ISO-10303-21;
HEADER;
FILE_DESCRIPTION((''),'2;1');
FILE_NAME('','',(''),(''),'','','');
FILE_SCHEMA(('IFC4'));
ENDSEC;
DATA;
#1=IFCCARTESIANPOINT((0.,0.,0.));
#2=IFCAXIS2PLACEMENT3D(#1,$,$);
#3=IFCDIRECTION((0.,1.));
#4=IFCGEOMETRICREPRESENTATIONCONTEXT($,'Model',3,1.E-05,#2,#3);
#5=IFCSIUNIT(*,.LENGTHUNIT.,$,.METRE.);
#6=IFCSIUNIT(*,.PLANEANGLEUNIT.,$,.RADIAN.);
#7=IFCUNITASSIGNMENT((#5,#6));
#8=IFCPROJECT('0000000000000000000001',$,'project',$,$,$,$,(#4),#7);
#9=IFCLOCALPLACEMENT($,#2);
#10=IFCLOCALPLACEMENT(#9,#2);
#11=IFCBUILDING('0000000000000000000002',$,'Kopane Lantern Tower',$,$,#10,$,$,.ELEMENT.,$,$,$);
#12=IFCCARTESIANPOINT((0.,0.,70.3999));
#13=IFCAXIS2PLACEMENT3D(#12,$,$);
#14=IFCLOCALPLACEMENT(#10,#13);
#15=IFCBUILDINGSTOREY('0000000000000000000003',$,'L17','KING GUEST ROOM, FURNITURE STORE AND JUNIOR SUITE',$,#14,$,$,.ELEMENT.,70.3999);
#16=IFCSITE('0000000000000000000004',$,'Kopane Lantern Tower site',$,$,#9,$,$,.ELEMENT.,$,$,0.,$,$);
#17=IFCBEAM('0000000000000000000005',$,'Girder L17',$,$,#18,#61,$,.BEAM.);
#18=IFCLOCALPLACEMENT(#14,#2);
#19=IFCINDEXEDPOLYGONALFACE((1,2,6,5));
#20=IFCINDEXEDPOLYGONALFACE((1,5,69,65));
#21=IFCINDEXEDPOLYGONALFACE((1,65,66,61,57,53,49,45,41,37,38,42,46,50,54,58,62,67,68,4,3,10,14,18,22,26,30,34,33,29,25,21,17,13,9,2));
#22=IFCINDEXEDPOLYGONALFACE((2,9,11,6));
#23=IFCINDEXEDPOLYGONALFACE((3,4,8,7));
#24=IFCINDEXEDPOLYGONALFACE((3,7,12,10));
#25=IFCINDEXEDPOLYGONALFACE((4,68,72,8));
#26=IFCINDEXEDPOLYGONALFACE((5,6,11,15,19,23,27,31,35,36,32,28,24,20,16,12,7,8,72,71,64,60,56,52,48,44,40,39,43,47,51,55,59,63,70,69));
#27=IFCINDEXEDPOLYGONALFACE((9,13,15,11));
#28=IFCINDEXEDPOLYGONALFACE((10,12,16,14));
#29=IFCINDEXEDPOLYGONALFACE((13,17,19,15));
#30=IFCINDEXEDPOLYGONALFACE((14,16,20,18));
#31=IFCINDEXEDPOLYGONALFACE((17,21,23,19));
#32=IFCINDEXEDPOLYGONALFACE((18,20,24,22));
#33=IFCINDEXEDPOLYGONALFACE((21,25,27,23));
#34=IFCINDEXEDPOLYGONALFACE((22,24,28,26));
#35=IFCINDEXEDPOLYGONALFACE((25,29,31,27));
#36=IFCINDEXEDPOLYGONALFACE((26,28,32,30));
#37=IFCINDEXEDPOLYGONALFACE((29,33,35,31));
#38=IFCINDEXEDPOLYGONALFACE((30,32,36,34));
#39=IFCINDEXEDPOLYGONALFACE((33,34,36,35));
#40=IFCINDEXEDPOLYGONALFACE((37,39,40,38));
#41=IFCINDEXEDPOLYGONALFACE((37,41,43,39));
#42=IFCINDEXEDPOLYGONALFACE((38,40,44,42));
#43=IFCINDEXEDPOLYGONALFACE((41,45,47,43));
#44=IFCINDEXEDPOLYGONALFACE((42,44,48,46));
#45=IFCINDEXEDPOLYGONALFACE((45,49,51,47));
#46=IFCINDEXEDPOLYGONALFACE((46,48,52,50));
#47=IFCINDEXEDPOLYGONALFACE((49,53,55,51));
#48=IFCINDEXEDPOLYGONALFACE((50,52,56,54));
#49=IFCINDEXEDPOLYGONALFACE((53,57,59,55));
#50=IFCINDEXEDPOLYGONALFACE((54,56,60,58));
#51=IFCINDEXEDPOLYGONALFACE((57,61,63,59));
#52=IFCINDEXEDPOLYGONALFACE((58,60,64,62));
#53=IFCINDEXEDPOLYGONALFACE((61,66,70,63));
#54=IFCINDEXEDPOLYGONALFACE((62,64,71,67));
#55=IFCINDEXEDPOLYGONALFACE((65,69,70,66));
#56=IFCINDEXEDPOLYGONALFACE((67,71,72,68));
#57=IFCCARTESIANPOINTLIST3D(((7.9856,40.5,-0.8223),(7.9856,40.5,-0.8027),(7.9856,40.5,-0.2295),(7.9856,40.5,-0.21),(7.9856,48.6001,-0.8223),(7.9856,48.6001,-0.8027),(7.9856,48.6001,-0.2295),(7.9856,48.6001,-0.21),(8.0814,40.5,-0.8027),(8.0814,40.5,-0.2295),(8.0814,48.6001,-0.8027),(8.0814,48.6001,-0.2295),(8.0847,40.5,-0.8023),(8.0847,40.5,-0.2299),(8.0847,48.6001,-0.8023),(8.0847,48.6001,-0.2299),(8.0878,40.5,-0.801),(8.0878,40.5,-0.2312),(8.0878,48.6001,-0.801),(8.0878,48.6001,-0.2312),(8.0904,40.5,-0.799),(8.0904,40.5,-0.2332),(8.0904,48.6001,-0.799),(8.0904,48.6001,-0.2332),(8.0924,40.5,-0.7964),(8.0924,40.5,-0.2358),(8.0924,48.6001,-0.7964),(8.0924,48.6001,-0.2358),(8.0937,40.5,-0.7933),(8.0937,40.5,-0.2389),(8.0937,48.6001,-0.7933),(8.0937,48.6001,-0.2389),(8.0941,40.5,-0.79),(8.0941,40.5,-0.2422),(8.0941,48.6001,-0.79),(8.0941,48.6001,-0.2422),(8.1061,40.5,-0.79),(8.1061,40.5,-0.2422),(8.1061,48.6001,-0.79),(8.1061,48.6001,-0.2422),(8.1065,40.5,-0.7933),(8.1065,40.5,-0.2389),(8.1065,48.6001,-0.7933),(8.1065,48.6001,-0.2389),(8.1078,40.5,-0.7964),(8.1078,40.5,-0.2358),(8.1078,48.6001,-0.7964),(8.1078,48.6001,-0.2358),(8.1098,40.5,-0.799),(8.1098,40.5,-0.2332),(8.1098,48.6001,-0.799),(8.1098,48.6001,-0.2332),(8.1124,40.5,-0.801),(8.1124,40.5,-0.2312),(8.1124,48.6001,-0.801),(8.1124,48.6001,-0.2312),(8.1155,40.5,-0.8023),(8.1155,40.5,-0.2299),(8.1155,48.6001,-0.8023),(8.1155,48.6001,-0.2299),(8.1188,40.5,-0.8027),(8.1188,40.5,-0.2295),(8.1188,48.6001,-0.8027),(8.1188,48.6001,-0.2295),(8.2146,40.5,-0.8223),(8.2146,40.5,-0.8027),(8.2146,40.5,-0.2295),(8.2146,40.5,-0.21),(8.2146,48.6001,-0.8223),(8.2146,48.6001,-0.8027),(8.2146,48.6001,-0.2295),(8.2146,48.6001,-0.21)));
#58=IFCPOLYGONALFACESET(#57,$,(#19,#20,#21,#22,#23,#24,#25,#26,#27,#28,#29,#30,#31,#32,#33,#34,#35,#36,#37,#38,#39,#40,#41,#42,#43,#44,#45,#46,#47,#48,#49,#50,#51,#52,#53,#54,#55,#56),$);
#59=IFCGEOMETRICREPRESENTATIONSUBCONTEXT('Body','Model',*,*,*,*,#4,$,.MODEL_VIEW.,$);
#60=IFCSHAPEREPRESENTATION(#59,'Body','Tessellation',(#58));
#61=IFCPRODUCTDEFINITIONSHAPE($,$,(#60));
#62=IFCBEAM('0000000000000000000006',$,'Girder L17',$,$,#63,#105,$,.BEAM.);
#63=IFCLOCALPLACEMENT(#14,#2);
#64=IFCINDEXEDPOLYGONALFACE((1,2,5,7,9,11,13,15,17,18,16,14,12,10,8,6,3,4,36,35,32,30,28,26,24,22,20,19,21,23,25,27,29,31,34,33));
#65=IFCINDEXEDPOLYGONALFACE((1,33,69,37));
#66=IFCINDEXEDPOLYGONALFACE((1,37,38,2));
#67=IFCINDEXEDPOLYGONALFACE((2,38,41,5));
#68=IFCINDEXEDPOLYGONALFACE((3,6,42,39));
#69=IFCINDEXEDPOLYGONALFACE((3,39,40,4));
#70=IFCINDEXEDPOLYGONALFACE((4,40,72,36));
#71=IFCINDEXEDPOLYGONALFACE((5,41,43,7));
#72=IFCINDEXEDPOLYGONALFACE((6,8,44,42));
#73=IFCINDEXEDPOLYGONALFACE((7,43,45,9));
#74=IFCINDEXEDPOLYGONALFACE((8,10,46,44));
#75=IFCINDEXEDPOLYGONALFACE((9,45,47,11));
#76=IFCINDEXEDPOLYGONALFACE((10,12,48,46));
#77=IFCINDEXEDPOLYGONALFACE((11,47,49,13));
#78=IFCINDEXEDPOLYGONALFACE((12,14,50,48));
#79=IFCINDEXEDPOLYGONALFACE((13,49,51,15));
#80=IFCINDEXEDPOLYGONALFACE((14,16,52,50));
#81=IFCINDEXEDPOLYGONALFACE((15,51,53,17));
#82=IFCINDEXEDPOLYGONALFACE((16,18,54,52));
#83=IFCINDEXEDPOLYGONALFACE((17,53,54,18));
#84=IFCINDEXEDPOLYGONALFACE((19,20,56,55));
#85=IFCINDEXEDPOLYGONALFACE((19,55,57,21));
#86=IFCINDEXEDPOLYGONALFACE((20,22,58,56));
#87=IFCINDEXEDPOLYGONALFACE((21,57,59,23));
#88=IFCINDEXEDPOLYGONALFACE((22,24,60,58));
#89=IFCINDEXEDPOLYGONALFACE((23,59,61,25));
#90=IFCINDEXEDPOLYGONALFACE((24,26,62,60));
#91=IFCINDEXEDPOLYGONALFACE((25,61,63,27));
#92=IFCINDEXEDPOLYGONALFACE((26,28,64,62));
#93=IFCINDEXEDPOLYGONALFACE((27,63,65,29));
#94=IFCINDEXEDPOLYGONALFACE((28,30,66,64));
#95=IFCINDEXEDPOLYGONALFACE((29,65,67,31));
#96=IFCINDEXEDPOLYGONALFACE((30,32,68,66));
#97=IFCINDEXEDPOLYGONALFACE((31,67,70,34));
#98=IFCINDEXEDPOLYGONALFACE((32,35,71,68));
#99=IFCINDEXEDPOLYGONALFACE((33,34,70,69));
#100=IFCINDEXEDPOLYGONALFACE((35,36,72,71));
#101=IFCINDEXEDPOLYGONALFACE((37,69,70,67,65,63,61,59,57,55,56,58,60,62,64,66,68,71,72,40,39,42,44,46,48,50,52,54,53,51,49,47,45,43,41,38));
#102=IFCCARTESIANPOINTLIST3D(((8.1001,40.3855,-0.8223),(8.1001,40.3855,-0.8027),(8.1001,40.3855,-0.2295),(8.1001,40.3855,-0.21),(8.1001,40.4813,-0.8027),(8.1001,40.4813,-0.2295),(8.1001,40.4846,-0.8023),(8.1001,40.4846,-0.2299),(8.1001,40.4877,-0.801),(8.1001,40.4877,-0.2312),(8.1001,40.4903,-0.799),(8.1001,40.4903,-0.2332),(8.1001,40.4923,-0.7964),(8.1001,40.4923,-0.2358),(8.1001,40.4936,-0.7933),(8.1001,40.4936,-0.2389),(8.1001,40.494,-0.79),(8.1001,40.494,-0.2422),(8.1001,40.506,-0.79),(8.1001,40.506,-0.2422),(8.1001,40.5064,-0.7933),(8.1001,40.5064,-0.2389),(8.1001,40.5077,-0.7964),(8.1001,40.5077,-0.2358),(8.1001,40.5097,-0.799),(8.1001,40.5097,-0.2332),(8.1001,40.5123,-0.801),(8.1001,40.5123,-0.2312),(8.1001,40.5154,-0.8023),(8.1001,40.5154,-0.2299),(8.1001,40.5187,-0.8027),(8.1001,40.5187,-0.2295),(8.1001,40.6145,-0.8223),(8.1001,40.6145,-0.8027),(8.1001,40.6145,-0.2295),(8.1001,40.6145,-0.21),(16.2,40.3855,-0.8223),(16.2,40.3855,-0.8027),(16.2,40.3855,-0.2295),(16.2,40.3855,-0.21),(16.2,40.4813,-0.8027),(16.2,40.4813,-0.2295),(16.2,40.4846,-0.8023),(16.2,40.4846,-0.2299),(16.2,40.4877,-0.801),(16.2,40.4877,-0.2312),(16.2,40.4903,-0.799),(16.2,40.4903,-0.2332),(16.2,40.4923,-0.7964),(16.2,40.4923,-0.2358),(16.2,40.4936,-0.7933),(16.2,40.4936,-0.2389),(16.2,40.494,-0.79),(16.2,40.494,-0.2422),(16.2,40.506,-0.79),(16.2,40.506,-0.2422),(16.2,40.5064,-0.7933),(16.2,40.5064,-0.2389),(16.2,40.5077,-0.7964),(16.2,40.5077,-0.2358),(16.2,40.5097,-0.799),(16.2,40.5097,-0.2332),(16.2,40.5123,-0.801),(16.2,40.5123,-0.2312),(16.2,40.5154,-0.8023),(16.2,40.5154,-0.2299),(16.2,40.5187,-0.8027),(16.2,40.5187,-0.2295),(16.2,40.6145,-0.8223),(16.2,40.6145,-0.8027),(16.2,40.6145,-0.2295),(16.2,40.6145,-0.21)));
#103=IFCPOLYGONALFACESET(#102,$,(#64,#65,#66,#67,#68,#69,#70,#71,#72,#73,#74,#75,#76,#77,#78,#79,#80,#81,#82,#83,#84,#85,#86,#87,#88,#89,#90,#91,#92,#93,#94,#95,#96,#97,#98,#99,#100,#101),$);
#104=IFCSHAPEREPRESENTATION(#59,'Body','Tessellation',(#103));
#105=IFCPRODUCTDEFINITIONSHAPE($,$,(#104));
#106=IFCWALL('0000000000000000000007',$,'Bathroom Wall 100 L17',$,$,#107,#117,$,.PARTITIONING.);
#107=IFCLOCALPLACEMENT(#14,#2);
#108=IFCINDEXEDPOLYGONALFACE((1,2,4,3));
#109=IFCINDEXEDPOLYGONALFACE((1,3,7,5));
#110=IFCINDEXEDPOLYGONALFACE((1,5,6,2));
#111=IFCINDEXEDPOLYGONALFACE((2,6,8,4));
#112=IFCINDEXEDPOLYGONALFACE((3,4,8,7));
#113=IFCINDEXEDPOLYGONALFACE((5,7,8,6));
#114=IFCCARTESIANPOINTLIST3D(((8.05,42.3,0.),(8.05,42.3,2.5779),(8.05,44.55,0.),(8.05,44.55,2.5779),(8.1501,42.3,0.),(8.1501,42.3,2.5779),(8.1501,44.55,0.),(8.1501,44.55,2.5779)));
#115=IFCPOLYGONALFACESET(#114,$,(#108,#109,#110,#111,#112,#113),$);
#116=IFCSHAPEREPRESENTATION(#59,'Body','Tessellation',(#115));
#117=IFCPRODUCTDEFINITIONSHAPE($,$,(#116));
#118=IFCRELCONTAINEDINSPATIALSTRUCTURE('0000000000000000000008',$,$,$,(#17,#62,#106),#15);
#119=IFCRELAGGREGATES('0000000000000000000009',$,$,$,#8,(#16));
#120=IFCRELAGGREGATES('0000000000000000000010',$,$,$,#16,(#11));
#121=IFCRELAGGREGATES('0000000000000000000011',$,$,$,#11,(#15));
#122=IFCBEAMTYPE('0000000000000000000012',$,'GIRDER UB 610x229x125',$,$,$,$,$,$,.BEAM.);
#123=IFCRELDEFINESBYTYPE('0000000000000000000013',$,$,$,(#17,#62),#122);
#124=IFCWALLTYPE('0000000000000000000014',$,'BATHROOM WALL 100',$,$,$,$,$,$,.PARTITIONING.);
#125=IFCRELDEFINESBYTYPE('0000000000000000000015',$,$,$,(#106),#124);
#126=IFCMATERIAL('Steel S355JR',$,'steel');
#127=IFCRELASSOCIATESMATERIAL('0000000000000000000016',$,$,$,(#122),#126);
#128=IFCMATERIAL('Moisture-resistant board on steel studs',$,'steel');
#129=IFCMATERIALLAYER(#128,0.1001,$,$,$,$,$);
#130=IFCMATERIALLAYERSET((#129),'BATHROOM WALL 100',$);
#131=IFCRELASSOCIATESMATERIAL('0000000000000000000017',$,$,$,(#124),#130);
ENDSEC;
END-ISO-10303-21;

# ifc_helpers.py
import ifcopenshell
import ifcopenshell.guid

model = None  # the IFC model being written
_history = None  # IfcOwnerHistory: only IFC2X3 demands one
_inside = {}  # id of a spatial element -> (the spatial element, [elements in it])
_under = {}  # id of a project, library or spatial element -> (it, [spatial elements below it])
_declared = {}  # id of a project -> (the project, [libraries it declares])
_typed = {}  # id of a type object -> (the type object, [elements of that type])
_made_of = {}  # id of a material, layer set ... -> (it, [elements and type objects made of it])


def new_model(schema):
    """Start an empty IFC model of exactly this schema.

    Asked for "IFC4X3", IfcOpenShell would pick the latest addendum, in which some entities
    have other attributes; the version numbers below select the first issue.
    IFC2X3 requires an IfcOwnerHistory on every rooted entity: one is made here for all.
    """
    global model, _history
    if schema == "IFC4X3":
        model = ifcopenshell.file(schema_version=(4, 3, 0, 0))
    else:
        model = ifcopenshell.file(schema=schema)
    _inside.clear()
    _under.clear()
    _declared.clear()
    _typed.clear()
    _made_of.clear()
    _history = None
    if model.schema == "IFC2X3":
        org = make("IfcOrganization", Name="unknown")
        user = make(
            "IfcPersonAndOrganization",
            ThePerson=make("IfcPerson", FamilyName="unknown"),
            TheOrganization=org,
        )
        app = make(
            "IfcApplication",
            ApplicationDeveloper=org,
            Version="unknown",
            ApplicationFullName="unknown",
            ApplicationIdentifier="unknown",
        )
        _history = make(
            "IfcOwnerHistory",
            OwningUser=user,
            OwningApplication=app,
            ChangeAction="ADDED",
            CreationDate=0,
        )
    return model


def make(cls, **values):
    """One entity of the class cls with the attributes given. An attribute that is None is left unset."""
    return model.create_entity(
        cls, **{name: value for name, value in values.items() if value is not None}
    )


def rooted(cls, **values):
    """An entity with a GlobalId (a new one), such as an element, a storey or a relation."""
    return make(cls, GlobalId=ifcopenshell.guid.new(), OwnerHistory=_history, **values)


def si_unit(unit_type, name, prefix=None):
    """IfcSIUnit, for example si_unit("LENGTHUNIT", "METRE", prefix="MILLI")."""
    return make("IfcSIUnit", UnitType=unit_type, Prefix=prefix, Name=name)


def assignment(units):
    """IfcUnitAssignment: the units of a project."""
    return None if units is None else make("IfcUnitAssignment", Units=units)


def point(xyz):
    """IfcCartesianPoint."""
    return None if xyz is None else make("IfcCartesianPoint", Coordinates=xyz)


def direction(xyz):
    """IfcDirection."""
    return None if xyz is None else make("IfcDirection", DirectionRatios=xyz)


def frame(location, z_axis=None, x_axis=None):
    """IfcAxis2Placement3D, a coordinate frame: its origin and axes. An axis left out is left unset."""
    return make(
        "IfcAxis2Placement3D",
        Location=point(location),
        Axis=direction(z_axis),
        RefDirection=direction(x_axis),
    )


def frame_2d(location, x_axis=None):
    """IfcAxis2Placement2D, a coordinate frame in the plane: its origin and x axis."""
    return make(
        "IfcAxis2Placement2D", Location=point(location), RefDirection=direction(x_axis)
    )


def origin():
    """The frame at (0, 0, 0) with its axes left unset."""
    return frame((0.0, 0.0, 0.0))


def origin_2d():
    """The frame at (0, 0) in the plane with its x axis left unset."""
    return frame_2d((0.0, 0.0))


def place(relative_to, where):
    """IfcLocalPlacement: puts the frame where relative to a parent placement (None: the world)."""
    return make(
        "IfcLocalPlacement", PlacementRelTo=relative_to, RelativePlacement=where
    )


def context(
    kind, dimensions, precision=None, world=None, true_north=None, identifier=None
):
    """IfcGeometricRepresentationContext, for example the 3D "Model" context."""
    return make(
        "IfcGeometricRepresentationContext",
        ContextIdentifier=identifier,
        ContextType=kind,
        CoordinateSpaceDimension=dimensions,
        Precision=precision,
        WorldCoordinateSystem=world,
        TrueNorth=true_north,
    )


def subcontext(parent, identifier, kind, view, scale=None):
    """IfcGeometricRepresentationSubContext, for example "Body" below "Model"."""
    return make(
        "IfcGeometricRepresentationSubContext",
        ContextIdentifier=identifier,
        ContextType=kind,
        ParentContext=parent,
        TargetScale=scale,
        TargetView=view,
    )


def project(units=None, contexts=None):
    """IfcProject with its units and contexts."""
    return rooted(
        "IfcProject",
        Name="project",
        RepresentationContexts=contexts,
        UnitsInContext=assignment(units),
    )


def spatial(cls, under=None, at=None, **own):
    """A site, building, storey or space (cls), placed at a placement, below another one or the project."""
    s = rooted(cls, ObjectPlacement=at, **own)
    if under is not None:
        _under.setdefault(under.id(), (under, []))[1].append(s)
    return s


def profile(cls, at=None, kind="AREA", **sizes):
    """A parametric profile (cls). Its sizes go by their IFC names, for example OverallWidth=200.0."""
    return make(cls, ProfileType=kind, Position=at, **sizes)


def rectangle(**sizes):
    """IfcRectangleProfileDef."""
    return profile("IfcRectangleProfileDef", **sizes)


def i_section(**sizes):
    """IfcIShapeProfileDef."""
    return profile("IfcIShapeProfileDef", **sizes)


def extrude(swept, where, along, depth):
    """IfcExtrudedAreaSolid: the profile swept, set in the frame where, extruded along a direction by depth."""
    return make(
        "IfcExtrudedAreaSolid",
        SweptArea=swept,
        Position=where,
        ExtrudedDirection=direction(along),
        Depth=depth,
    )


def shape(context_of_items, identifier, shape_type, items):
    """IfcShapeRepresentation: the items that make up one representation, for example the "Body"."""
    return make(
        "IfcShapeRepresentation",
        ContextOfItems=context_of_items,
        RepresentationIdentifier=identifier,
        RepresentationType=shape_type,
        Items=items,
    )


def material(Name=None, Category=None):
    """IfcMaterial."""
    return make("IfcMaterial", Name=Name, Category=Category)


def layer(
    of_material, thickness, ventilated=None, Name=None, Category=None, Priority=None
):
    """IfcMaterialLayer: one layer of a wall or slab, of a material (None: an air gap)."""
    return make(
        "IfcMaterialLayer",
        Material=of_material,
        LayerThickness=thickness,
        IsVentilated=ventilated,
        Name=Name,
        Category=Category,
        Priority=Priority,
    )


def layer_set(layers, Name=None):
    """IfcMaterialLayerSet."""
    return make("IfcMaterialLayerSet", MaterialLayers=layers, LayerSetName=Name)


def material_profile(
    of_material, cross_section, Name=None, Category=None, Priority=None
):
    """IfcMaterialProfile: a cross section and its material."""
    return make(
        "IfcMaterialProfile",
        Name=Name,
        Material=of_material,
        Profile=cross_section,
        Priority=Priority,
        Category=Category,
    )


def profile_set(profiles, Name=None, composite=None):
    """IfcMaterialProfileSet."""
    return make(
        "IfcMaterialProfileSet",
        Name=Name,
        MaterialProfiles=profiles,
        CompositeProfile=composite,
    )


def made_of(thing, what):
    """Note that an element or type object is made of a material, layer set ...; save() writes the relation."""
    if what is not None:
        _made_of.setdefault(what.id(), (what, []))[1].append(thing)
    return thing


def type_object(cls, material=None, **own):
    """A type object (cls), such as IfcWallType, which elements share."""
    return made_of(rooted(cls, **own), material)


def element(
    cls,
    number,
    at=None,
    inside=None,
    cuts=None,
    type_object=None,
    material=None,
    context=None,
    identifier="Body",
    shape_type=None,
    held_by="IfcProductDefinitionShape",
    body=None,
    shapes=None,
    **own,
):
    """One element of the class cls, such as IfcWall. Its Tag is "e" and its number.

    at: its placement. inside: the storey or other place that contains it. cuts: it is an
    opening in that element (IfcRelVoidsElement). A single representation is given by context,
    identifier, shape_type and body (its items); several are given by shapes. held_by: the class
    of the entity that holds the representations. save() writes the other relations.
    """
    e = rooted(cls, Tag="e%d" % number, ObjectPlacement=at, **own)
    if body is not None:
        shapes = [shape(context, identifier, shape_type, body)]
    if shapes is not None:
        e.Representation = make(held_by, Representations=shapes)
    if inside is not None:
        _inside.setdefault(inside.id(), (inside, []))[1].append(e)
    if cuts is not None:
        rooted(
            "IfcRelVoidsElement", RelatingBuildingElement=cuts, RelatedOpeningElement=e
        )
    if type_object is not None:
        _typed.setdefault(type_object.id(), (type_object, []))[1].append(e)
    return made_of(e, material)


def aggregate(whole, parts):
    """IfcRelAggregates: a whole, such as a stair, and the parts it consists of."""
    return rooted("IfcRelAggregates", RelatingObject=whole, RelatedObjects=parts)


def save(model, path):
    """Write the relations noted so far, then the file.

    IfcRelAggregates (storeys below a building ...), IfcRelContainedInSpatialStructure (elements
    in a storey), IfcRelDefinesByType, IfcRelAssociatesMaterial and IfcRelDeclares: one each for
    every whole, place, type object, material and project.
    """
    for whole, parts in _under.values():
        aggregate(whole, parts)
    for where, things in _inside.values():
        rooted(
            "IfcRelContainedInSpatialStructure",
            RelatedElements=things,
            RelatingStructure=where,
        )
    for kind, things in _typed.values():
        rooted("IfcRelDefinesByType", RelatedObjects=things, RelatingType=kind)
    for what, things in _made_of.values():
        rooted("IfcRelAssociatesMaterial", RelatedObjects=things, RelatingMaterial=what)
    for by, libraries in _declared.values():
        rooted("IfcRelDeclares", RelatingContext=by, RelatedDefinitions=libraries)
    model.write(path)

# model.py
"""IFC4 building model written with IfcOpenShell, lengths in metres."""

from ifc_helpers import new_model, si_unit, direction, frame, frame_2d, origin, origin_2d, place, context, subcontext, project, spatial, rectangle, i_section, extrude, material, layer, layer_set, material_profile, profile_set, type_object, element, save


model = new_model("IFC4")

# Units and contexts
model_context = context("Model", 3, precision=1e-05, world=origin(), true_north=direction((0.0, 1.0)))
body_context = subcontext(model_context, "Body", "Model", "MODEL_VIEW")
ifc_project = project(units=[si_unit("LENGTHUNIT", "METRE"), si_unit("PLANEANGLEUNIT", "RADIAN")], contexts=[model_context])

# Site, building, storey
site_placement = place(None, origin())
site = spatial("IfcSite", under=ifc_project, at=site_placement, Name="Kopane Lantern Tower site", CompositionType="ELEMENT", RefElevation=0.0)
building_placement = place(site_placement, origin())
building = spatial("IfcBuilding", under=site, at=building_placement, Name="Kopane Lantern Tower", CompositionType="ELEMENT")
storey_placement = place(building_placement, frame((0.0, 0.0, 70.3999)))
storey = spatial("IfcBuildingStorey", under=building, at=storey_placement, Name="L17", Description="KING GUEST ROOM, FURNITURE STORE AND JUNIOR SUITE", CompositionType="ELEMENT", Elevation=70.3999)

# Beams
ifc_material_1 = material(Name="Steel S355JR", Category="steel")
ifc_material_profile_1 = material_profile(ifc_material_1, i_section(OverallWidth=0.229, OverallDepth=0.6123, WebThickness=0.012, FlangeThickness=0.0195, FilletRadius=0.0127, at=origin_2d()), Name="UB 610x229x125")
ifc_profile_set_1 = profile_set([ifc_material_profile_1], Name="Steel S355JR")
beam_type_1 = type_object("IfcBeamType", Name="GIRDER UB 610x229x125", PredefinedType="BEAM", material=ifc_profile_set_1)
beam_1_placement = place(storey_placement, frame((8.1001, 40.5, -0.5161), z_axis=(0.0, 1.0, 0.0), x_axis=(-1.0, 0.0, 0.0)))
element("IfcBeam", 1, at=beam_1_placement, inside=storey, type_object=beam_type_1, Name="Girder L17", PredefinedType="BEAM", context=body_context, shape_type="SweptSolid", body=[
    extrude(i_section(OverallWidth=0.229, OverallDepth=0.6123, WebThickness=0.012, FlangeThickness=0.0195, FilletRadius=0.0127, at=origin_2d()), origin(), (0.0, 0.0, 1.0), 8.1001),
])
beam_2_placement = place(storey_placement, frame((8.1001, 40.5, -0.5161), z_axis=(1.0, 0.0, 0.0), x_axis=(0.0, 1.0, 0.0)))
element("IfcBeam", 2, at=beam_2_placement, inside=storey, type_object=beam_type_1, Name="Girder L17", PredefinedType="BEAM", context=body_context, shape_type="SweptSolid", body=[
    extrude(i_section(OverallWidth=0.229, OverallDepth=0.6123, WebThickness=0.012, FlangeThickness=0.0195, FilletRadius=0.0127, at=origin_2d()), origin(), (0.0, 0.0, 1.0), 8.0999),
])

# Wall
ifc_material_2 = material(Name="Moisture-resistant board on steel studs", Category="steel")
ifc_layer_1 = layer(ifc_material_2, 0.1001)
ifc_layer_set_1 = layer_set([ifc_layer_1], Name="BATHROOM WALL 100")
wall_type_1 = type_object("IfcWallType", Name="BATHROOM WALL 100", PredefinedType="PARTITIONING", material=ifc_layer_set_1)
wall_1_placement = place(storey_placement, frame((8.1001, 42.3, 0.0), z_axis=(0.0, 0.0, 1.0), x_axis=(0.0, 1.0, 0.0)))
element("IfcWall", 3, at=wall_1_placement, inside=storey, type_object=wall_type_1, Name="Bathroom Wall 100 L17", PredefinedType="PARTITIONING", context=body_context, shape_type="SweptSolid", body=[
    extrude(rectangle(XDim=2.25, YDim=0.1001, at=frame_2d((1.125, 0.0))), origin(), (0.0, 0.0, 1.0), 2.5779),
])

save(model, "model.ifc")
